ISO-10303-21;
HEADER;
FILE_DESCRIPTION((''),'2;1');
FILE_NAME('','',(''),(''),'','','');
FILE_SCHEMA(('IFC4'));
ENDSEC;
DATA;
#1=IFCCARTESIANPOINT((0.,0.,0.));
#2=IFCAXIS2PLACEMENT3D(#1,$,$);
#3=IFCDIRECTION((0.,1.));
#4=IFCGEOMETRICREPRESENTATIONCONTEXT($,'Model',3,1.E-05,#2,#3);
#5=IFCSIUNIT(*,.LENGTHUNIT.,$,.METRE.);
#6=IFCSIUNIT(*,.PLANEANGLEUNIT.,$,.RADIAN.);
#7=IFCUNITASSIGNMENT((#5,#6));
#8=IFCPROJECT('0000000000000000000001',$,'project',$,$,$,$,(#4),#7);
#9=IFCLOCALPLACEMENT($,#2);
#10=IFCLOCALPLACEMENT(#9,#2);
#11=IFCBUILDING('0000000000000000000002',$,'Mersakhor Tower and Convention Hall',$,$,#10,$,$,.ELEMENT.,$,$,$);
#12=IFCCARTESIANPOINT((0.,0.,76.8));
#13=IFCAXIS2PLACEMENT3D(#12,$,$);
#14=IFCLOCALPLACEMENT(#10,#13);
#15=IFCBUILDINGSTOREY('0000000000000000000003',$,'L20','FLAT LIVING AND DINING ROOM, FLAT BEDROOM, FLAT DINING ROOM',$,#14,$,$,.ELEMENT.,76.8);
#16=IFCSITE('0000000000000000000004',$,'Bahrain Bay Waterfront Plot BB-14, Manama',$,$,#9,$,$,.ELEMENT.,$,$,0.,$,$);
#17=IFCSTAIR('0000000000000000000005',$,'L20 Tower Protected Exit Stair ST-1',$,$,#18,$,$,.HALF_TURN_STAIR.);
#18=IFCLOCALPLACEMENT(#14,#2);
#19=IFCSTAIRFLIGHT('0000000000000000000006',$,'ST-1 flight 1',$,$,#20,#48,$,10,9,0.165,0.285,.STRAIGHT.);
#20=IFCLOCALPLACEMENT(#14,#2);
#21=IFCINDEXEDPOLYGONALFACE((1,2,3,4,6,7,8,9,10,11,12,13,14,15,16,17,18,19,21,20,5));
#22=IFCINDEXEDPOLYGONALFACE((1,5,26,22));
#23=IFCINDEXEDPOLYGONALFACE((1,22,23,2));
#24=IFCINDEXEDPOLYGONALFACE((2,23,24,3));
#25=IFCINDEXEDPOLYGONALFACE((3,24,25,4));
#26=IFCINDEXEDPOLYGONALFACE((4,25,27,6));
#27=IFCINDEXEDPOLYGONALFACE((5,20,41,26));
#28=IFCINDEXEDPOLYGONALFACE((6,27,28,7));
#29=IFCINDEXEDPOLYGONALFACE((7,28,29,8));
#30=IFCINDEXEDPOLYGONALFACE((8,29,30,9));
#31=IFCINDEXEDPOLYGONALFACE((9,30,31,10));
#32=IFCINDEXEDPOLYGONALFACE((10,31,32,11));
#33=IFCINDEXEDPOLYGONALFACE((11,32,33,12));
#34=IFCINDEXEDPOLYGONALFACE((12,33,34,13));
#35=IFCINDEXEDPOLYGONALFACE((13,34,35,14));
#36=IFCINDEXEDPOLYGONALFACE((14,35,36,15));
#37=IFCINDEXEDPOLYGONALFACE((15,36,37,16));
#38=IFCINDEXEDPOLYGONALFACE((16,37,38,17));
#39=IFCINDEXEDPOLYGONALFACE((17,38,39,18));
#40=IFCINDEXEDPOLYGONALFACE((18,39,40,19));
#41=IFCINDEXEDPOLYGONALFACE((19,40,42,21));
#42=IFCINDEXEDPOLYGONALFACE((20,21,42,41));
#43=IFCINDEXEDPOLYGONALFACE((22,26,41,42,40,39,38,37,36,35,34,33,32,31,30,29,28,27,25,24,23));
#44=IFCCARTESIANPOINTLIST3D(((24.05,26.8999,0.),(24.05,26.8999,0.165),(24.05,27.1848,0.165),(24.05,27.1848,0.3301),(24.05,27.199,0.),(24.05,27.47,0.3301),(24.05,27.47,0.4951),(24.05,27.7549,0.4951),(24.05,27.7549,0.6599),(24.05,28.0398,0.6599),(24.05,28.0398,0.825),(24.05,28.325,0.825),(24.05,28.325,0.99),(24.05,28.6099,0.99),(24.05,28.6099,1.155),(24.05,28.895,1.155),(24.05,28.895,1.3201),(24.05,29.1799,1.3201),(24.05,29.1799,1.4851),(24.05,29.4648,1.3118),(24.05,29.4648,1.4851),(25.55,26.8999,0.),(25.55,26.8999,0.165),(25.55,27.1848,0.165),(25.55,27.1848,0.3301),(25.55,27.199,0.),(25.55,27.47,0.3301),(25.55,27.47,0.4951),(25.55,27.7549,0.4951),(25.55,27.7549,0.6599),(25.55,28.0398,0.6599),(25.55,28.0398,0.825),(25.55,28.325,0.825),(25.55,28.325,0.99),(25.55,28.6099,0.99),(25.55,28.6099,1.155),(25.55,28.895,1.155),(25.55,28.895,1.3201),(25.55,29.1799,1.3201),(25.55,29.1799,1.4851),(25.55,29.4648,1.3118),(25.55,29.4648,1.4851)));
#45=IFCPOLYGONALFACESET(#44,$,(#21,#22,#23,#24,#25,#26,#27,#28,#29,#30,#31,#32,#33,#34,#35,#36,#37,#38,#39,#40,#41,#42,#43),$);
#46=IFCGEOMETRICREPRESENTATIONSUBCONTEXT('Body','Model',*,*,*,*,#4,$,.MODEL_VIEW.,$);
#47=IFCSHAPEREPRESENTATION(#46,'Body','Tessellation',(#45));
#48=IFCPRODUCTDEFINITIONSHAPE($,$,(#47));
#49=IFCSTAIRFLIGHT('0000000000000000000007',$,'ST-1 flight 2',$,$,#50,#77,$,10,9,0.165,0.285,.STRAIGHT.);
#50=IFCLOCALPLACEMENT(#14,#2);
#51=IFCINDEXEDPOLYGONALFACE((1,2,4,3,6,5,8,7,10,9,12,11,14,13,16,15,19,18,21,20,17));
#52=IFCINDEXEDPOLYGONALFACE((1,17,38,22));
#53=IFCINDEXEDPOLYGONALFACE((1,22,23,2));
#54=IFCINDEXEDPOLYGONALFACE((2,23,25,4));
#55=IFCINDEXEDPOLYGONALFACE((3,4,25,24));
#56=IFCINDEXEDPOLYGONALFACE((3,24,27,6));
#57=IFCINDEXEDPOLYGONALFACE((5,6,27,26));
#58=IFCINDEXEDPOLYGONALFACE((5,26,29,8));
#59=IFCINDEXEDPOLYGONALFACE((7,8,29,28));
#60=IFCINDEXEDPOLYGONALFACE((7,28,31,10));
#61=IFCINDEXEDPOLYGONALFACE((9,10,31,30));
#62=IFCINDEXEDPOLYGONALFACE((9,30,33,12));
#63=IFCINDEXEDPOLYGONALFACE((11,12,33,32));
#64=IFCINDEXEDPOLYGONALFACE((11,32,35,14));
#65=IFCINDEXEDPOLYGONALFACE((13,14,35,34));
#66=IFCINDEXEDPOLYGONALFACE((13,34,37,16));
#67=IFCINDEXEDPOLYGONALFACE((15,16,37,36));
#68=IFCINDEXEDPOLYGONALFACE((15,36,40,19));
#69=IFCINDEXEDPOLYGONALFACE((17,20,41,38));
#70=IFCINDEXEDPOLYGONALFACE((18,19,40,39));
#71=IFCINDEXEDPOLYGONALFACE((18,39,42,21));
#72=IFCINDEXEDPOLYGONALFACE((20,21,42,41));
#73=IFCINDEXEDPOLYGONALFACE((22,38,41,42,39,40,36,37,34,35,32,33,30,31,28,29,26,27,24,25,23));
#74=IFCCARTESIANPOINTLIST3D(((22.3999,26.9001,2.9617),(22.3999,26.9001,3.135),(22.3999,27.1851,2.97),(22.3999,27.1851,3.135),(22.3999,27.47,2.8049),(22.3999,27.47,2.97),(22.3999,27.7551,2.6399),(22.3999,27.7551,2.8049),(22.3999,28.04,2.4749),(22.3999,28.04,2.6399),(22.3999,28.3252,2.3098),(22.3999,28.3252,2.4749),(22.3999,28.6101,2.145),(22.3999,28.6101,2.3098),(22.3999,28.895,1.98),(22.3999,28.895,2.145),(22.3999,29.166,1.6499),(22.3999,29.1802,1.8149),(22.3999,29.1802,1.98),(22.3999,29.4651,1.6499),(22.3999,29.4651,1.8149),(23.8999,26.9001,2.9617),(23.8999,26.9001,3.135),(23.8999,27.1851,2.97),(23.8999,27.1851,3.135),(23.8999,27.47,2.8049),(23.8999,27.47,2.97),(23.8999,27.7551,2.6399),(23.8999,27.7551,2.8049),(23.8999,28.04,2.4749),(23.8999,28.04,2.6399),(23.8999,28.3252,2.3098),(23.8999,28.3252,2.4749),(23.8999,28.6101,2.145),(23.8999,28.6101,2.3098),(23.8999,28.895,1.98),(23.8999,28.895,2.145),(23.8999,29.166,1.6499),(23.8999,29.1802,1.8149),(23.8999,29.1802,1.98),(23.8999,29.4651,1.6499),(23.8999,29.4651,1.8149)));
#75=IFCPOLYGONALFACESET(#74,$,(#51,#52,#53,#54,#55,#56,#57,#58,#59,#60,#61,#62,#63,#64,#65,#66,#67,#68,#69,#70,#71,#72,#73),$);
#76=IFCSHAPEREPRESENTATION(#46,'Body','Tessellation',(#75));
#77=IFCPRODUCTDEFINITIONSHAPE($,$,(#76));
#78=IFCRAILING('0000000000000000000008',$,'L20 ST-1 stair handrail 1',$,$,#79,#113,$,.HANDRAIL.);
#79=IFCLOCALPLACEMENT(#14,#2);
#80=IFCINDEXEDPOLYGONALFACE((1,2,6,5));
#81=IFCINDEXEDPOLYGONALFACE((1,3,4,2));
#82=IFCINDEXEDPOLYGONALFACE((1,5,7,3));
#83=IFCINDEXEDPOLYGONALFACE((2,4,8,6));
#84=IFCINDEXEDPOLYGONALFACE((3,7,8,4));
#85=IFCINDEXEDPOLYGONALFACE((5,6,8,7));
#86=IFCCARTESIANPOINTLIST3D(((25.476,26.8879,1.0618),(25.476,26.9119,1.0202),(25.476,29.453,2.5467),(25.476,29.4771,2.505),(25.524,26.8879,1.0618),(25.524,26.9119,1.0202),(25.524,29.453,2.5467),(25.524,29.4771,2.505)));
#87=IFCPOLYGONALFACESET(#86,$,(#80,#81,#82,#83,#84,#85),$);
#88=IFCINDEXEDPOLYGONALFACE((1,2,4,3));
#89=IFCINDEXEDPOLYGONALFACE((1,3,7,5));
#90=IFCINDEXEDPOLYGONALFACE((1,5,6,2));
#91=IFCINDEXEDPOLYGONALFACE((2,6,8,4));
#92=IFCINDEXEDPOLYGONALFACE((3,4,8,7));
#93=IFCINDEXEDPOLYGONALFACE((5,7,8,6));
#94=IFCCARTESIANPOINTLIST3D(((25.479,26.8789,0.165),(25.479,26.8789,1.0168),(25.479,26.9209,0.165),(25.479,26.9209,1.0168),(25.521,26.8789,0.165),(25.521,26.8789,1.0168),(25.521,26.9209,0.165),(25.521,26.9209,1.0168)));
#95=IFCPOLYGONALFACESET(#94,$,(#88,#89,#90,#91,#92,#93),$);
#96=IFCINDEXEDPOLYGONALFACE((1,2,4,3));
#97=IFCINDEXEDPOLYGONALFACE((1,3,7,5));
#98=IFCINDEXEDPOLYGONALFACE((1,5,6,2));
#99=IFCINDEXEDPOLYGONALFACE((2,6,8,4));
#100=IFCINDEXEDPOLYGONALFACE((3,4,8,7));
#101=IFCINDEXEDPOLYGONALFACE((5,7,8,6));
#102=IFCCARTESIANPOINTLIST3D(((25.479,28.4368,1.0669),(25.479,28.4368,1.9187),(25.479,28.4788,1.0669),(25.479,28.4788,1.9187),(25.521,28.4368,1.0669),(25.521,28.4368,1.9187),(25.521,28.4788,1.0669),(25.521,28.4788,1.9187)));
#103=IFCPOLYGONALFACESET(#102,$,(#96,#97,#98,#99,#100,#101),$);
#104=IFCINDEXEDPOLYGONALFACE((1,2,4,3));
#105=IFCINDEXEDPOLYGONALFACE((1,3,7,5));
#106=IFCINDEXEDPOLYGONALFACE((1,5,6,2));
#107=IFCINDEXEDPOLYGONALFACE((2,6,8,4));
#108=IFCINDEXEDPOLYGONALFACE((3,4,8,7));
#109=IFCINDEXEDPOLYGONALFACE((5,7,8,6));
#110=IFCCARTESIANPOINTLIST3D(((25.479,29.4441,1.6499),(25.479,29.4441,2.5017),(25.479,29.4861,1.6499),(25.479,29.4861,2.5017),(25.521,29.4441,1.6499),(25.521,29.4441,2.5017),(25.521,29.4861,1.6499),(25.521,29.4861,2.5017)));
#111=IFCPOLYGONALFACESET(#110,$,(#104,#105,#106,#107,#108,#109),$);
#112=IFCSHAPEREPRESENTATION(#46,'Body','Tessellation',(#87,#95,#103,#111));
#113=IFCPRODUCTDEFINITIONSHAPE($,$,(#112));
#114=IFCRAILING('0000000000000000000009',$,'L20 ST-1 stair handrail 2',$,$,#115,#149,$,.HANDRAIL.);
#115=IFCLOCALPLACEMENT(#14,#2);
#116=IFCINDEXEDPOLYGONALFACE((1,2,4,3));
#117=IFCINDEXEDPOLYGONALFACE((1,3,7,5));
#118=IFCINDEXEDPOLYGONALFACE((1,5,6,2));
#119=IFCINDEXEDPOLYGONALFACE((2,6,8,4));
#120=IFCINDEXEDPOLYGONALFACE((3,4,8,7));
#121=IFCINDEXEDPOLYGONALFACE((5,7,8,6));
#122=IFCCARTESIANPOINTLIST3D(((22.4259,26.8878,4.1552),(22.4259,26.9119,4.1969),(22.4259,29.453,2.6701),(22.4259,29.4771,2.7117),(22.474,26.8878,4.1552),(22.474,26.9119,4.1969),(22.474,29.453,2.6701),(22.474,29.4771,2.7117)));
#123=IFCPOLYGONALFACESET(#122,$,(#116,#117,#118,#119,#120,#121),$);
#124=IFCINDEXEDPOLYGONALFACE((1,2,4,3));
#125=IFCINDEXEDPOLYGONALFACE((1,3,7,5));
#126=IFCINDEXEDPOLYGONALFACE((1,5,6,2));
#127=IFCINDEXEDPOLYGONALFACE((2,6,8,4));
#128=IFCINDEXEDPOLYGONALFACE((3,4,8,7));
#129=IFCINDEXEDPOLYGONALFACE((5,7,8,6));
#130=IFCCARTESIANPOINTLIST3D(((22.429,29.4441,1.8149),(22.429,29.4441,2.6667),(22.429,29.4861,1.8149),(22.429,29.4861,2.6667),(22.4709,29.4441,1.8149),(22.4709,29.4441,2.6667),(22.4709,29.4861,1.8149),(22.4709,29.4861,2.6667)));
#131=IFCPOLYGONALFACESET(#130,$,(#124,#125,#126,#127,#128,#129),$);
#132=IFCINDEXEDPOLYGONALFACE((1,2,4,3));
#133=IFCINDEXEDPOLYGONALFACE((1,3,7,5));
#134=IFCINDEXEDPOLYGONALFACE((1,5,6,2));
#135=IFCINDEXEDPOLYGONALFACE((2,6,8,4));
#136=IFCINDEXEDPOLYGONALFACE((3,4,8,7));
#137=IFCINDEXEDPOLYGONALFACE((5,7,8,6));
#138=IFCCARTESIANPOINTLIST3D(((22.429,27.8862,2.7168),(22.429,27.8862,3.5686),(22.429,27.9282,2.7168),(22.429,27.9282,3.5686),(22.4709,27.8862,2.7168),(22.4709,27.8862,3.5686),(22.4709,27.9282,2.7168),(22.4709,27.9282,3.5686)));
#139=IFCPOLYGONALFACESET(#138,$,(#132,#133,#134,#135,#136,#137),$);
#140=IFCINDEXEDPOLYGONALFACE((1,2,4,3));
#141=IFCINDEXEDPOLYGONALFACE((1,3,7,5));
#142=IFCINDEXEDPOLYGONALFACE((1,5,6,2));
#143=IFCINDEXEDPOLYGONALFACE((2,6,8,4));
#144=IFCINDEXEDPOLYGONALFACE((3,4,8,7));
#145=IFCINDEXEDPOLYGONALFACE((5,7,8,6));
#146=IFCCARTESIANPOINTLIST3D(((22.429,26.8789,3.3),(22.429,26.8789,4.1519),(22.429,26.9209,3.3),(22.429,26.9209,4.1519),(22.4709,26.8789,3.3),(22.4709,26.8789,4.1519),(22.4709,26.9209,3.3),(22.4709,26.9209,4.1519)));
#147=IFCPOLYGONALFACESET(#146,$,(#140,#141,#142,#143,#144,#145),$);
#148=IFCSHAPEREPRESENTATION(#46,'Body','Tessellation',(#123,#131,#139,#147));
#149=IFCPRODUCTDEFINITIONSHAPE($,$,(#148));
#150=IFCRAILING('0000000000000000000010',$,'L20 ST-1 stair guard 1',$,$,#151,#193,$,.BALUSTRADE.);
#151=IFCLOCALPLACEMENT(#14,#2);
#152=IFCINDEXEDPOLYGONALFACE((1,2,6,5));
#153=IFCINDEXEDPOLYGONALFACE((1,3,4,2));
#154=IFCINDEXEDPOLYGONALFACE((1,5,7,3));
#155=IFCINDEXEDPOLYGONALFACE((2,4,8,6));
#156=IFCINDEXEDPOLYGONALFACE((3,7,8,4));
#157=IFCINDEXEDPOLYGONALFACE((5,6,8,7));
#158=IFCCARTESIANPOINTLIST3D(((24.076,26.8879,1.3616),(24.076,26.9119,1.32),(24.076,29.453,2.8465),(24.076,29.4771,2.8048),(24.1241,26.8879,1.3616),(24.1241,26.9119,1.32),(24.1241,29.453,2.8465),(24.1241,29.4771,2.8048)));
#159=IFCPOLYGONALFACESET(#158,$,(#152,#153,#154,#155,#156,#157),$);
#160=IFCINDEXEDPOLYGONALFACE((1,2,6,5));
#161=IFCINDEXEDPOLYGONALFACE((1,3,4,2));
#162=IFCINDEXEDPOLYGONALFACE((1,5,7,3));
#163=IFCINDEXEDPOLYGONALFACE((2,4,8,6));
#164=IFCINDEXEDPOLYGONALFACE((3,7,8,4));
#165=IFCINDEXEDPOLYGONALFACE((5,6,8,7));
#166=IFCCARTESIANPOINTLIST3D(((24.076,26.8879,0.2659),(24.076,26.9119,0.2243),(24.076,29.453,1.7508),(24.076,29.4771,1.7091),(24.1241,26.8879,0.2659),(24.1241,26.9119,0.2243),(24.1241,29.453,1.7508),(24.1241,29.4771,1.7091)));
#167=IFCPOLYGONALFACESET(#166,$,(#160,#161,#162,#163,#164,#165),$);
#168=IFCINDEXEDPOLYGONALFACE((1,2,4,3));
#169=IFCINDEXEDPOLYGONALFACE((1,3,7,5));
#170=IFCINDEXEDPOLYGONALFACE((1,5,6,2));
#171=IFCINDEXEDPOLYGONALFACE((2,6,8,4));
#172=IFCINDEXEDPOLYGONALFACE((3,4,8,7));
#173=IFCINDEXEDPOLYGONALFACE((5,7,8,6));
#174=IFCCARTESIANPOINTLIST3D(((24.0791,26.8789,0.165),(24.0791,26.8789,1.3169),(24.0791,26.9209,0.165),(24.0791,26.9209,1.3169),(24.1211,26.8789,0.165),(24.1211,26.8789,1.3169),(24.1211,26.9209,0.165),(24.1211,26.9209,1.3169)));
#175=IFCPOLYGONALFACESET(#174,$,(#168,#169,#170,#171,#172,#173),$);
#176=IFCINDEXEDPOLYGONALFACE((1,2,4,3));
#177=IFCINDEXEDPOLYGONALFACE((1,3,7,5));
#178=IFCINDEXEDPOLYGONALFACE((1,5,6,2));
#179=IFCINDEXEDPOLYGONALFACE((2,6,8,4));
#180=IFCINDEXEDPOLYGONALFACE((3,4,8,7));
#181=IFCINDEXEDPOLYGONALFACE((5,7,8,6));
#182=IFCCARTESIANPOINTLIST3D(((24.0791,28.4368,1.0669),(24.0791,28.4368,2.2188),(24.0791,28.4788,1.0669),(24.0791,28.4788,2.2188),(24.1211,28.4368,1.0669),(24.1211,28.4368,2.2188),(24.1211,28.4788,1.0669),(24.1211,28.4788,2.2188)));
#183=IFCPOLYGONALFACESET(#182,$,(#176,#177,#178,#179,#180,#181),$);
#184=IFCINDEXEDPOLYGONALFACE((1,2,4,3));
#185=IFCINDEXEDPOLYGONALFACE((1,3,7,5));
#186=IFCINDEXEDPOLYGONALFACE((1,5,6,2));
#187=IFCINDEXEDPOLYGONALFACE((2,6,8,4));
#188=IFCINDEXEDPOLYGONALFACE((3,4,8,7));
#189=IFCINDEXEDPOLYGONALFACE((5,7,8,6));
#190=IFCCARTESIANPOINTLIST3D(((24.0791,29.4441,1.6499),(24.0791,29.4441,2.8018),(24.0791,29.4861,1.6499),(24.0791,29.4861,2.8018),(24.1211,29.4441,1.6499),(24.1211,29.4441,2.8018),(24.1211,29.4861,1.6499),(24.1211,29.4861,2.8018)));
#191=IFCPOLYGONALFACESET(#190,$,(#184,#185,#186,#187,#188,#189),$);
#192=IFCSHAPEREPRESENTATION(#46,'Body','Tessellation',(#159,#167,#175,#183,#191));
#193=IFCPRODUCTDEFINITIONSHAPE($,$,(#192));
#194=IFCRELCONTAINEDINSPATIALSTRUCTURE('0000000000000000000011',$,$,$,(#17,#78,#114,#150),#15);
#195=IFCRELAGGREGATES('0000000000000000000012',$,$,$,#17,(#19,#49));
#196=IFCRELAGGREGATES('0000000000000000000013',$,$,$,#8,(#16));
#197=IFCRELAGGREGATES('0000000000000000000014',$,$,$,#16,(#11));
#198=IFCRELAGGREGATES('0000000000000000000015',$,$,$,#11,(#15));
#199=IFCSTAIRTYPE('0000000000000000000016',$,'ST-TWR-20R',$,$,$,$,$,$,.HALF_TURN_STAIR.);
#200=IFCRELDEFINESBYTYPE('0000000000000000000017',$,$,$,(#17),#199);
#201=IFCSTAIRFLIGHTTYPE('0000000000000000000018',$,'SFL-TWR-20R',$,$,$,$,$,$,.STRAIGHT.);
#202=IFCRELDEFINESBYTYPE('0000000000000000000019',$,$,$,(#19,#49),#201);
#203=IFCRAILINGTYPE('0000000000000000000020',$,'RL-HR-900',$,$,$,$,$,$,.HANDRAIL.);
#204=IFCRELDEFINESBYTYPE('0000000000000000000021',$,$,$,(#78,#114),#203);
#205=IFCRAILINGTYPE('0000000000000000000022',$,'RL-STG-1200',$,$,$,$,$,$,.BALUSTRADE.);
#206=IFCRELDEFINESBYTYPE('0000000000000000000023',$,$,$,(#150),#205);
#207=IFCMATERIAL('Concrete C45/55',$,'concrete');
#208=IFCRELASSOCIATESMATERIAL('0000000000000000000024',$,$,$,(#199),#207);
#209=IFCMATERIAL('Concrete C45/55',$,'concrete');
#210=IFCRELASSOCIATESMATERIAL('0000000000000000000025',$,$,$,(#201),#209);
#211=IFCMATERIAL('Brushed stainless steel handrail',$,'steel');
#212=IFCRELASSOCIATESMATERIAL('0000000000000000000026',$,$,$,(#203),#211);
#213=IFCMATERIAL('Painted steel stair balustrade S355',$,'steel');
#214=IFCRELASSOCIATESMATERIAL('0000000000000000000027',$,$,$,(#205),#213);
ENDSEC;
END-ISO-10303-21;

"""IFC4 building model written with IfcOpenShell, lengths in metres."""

from ifc_helpers import new_model, si_unit, direction, frame, origin, origin_2d, place, context, subcontext, project, spatial, polyline, rectangle, outline, extrude, material, type_object, element, aggregate, save


model = new_model("IFC4")

# Units and contexts
model_context = context("Model", 3, precision=1e-05, world=origin(), true_north=direction((0.0, 1.0)))
body_context = subcontext(model_context, "Body", "Model", "MODEL_VIEW")
ifc_project = project(units=[si_unit("LENGTHUNIT", "METRE"), si_unit("PLANEANGLEUNIT", "RADIAN")], contexts=[model_context])

# Site, building, storey
site_placement = place(None, origin())
site = spatial("IfcSite", under=ifc_project, at=site_placement, Name="Bahrain Bay Waterfront Plot BB-14, Manama", CompositionType="ELEMENT", RefElevation=0.0)
building_placement = place(site_placement, origin())
building = spatial("IfcBuilding", under=site, at=building_placement, Name="Mersakhor Tower and Convention Hall", CompositionType="ELEMENT")
storey_placement = place(building_placement, frame((0.0, 0.0, 76.8)))
storey = spatial("IfcBuildingStorey", under=building, at=storey_placement, Name="L20", Description="FLAT LIVING AND DINING ROOM, FLAT BEDROOM, FLAT DINING ROOM", CompositionType="ELEMENT", Elevation=76.8)

# Stair, stair flights
ifc_material_1 = material(Name="Concrete C45/55", Category="concrete")
stair_type = type_object("IfcStairType", Name="ST-TWR-20R", PredefinedType="HALF_TURN_STAIR", material=ifc_material_1)
stair_placement = place(storey_placement, origin())
stair = element("IfcStair", 1, at=stair_placement, inside=storey, type_object=stair_type, Name="L20 Tower Protected Exit Stair ST-1", PredefinedType="HALF_TURN_STAIR")
ifc_material_2 = material(Name="Concrete C45/55", Category="concrete")
stair_flight_type = type_object("IfcStairFlightType", Name="SFL-TWR-20R", PredefinedType="STRAIGHT", material=ifc_material_2)
stair_flight_1_placement = place(storey_placement, frame((24.8, 26.8999, 0.0), z_axis=(0.0, 0.0, 1.0), x_axis=(0.0, 1.0, 0.0)))
stair_flight_1 = element("IfcStairFlight", 2, at=stair_flight_1_placement, type_object=stair_flight_type, Name="ST-1 flight 1", NumberOfRisers=10, NumberOfTreads=9, PredefinedType="STRAIGHT", RiserHeight=0.165, TreadLength=0.285, context=body_context, shape_type="SweptSolid", body=[
    extrude(outline(polyline([(0.0, 0.0), (0.0, 0.165), (0.2849, 0.165), (0.2849, 0.3301), (0.5701, 0.3301), (0.5701, 0.4951), (0.855, 0.4951), (0.855, 0.6599), (1.1399, 0.6599), (1.1399, 0.825), (1.425, 0.825), (1.425, 0.99), (1.71, 0.99), (1.71, 1.155), (1.9951, 1.155), (1.9951, 1.3201), (2.28, 1.3201), (2.28, 1.4851), (2.5649, 1.4851), (2.5649, 1.6499), (2.5649, 1.3118), (0.2991, 0.0), (0.0, 0.0)])), frame((0.0, 0.75, 0.0), z_axis=(0.0, -1.0, 0.0), x_axis=(1.0, 0.0, 0.0)), (0.0, 0.0, 1.0), 1.5),
])
stair_flight_2_placement = place(storey_placement, frame((23.1499, 29.4651, 1.6499), z_axis=(0.0, 0.0, 1.0), x_axis=(0.0, -1.0, 0.0)))
stair_flight_2 = element("IfcStairFlight", 3, at=stair_flight_2_placement, type_object=stair_flight_type, Name="ST-1 flight 2", NumberOfRisers=10, NumberOfTreads=9, PredefinedType="STRAIGHT", RiserHeight=0.165, TreadLength=0.285, context=body_context, shape_type="SweptSolid", body=[
    extrude(outline(polyline([(0.0, 0.0), (0.0, 0.165), (0.2849, 0.165), (0.2849, 0.3301), (0.5701, 0.3301), (0.5701, 0.4951), (0.855, 0.4951), (0.855, 0.6599), (1.1399, 0.6599), (1.1399, 0.825), (1.425, 0.825), (1.425, 0.99), (1.71, 0.99), (1.71, 1.155), (1.9951, 1.155), (1.9951, 1.3201), (2.28, 1.3201), (2.28, 1.4851), (2.5649, 1.4851), (2.5649, 1.6499), (2.5649, 1.3118), (0.2991, 0.0), (0.0, 0.0)])), frame((0.0, 0.75, 0.0), z_axis=(0.0, -1.0, 0.0), x_axis=(1.0, 0.0, 0.0)), (0.0, 0.0, 1.0), 1.5),
])
aggregate(stair, [stair_flight_1, stair_flight_2])

# Railings
ifc_material_3 = material(Name="Brushed stainless steel handrail", Category="steel")
railing_type_1 = type_object("IfcRailingType", Name="RL-HR-900", PredefinedType="HANDRAIL", material=ifc_material_3)
railing_1_placement = place(storey_placement, frame((25.5, 26.8999, 0.165)))
element("IfcRailing", 4, at=railing_1_placement, inside=storey, type_object=railing_type_1, Name="L20 ST-1 stair handrail 1", PredefinedType="HANDRAIL", context=body_context, shape_type="SweptSolid", body=[
    extrude(rectangle(XDim=0.0481, YDim=0.0481, at=origin_2d()), frame((0.0, 0.0, 0.876), z_axis=(0.0, 0.865462, 0.500975), x_axis=(-1.0, 0.0, 0.0)), (0.0, 0.0, 1.0), 2.9639),
    extrude(rectangle(XDim=0.042, YDim=0.042, at=origin_2d()), origin(), (0.0, 0.0, 1.0), 0.8518),
    extrude(rectangle(XDim=0.042, YDim=0.042, at=origin_2d()), frame((0.0, 1.5579, 0.9019)), (0.0, 0.0, 1.0), 0.8518),
    extrude(rectangle(XDim=0.042, YDim=0.042, at=origin_2d()), frame((0.0, 2.5652, 1.4849)), (0.0, 0.0, 1.0), 0.8518),
])
railing_2_placement = place(storey_placement, frame((22.45, 29.4651, 1.8149)))
element("IfcRailing", 5, at=railing_2_placement, inside=storey, type_object=railing_type_1, Name="L20 ST-1 stair handrail 2", PredefinedType="HANDRAIL", context=body_context, shape_type="SweptSolid", body=[
    extrude(rectangle(XDim=0.0481, YDim=0.0481, at=origin_2d()), frame((0.0, 0.0, 0.876), z_axis=(0.0, -0.865426, 0.501036), x_axis=(1.0, 0.0, 0.0)), (0.0, 0.0, 1.0), 2.9641),
    extrude(rectangle(XDim=0.042, YDim=0.042, at=origin_2d()), origin(), (0.0, 0.0, 1.0), 0.8518),
    extrude(rectangle(XDim=0.042, YDim=0.042, at=origin_2d()), frame((0.0, -1.5579, 0.9019)), (0.0, 0.0, 1.0), 0.8518),
    extrude(rectangle(XDim=0.042, YDim=0.042, at=origin_2d()), frame((0.0, -2.5652, 1.4851)), (0.0, 0.0, 1.0), 0.8518),
])
ifc_material_4 = material(Name="Painted steel stair balustrade S355", Category="steel")
railing_type_2 = type_object("IfcRailingType", Name="RL-STG-1200", PredefinedType="BALUSTRADE", material=ifc_material_4)
railing_3_placement = place(storey_placement, frame((24.1001, 26.8999, 0.165)))
element("IfcRailing", 6, at=railing_3_placement, inside=storey, type_object=railing_type_2, Name="L20 ST-1 stair guard 1", PredefinedType="BALUSTRADE", context=body_context, shape_type="SweptSolid", body=[
    extrude(rectangle(XDim=0.0481, YDim=0.0481, at=origin_2d()), frame((0.0, 0.0, 1.1758), z_axis=(0.0, 0.865462, 0.500975), x_axis=(-1.0, 0.0, 0.0)), (0.0, 0.0, 1.0), 2.9639),
    extrude(rectangle(XDim=0.0481, YDim=0.0481, at=origin_2d()), frame((0.0, 0.0, 0.0801), z_axis=(0.0, 0.865462, 0.500975), x_axis=(-1.0, 0.0, 0.0)), (0.0, 0.0, 1.0), 2.9639),
    extrude(rectangle(XDim=0.042, YDim=0.042, at=origin_2d()), origin(), (0.0, 0.0, 1.0), 1.1519),
    extrude(rectangle(XDim=0.042, YDim=0.042, at=origin_2d()), frame((0.0, 1.5579, 0.9019)), (0.0, 0.0, 1.0), 1.1519),
    extrude(rectangle(XDim=0.042, YDim=0.042, at=origin_2d()), frame((0.0, 2.5652, 1.4849)), (0.0, 0.0, 1.0), 1.1519),
])

save(model, "model.ifc")
